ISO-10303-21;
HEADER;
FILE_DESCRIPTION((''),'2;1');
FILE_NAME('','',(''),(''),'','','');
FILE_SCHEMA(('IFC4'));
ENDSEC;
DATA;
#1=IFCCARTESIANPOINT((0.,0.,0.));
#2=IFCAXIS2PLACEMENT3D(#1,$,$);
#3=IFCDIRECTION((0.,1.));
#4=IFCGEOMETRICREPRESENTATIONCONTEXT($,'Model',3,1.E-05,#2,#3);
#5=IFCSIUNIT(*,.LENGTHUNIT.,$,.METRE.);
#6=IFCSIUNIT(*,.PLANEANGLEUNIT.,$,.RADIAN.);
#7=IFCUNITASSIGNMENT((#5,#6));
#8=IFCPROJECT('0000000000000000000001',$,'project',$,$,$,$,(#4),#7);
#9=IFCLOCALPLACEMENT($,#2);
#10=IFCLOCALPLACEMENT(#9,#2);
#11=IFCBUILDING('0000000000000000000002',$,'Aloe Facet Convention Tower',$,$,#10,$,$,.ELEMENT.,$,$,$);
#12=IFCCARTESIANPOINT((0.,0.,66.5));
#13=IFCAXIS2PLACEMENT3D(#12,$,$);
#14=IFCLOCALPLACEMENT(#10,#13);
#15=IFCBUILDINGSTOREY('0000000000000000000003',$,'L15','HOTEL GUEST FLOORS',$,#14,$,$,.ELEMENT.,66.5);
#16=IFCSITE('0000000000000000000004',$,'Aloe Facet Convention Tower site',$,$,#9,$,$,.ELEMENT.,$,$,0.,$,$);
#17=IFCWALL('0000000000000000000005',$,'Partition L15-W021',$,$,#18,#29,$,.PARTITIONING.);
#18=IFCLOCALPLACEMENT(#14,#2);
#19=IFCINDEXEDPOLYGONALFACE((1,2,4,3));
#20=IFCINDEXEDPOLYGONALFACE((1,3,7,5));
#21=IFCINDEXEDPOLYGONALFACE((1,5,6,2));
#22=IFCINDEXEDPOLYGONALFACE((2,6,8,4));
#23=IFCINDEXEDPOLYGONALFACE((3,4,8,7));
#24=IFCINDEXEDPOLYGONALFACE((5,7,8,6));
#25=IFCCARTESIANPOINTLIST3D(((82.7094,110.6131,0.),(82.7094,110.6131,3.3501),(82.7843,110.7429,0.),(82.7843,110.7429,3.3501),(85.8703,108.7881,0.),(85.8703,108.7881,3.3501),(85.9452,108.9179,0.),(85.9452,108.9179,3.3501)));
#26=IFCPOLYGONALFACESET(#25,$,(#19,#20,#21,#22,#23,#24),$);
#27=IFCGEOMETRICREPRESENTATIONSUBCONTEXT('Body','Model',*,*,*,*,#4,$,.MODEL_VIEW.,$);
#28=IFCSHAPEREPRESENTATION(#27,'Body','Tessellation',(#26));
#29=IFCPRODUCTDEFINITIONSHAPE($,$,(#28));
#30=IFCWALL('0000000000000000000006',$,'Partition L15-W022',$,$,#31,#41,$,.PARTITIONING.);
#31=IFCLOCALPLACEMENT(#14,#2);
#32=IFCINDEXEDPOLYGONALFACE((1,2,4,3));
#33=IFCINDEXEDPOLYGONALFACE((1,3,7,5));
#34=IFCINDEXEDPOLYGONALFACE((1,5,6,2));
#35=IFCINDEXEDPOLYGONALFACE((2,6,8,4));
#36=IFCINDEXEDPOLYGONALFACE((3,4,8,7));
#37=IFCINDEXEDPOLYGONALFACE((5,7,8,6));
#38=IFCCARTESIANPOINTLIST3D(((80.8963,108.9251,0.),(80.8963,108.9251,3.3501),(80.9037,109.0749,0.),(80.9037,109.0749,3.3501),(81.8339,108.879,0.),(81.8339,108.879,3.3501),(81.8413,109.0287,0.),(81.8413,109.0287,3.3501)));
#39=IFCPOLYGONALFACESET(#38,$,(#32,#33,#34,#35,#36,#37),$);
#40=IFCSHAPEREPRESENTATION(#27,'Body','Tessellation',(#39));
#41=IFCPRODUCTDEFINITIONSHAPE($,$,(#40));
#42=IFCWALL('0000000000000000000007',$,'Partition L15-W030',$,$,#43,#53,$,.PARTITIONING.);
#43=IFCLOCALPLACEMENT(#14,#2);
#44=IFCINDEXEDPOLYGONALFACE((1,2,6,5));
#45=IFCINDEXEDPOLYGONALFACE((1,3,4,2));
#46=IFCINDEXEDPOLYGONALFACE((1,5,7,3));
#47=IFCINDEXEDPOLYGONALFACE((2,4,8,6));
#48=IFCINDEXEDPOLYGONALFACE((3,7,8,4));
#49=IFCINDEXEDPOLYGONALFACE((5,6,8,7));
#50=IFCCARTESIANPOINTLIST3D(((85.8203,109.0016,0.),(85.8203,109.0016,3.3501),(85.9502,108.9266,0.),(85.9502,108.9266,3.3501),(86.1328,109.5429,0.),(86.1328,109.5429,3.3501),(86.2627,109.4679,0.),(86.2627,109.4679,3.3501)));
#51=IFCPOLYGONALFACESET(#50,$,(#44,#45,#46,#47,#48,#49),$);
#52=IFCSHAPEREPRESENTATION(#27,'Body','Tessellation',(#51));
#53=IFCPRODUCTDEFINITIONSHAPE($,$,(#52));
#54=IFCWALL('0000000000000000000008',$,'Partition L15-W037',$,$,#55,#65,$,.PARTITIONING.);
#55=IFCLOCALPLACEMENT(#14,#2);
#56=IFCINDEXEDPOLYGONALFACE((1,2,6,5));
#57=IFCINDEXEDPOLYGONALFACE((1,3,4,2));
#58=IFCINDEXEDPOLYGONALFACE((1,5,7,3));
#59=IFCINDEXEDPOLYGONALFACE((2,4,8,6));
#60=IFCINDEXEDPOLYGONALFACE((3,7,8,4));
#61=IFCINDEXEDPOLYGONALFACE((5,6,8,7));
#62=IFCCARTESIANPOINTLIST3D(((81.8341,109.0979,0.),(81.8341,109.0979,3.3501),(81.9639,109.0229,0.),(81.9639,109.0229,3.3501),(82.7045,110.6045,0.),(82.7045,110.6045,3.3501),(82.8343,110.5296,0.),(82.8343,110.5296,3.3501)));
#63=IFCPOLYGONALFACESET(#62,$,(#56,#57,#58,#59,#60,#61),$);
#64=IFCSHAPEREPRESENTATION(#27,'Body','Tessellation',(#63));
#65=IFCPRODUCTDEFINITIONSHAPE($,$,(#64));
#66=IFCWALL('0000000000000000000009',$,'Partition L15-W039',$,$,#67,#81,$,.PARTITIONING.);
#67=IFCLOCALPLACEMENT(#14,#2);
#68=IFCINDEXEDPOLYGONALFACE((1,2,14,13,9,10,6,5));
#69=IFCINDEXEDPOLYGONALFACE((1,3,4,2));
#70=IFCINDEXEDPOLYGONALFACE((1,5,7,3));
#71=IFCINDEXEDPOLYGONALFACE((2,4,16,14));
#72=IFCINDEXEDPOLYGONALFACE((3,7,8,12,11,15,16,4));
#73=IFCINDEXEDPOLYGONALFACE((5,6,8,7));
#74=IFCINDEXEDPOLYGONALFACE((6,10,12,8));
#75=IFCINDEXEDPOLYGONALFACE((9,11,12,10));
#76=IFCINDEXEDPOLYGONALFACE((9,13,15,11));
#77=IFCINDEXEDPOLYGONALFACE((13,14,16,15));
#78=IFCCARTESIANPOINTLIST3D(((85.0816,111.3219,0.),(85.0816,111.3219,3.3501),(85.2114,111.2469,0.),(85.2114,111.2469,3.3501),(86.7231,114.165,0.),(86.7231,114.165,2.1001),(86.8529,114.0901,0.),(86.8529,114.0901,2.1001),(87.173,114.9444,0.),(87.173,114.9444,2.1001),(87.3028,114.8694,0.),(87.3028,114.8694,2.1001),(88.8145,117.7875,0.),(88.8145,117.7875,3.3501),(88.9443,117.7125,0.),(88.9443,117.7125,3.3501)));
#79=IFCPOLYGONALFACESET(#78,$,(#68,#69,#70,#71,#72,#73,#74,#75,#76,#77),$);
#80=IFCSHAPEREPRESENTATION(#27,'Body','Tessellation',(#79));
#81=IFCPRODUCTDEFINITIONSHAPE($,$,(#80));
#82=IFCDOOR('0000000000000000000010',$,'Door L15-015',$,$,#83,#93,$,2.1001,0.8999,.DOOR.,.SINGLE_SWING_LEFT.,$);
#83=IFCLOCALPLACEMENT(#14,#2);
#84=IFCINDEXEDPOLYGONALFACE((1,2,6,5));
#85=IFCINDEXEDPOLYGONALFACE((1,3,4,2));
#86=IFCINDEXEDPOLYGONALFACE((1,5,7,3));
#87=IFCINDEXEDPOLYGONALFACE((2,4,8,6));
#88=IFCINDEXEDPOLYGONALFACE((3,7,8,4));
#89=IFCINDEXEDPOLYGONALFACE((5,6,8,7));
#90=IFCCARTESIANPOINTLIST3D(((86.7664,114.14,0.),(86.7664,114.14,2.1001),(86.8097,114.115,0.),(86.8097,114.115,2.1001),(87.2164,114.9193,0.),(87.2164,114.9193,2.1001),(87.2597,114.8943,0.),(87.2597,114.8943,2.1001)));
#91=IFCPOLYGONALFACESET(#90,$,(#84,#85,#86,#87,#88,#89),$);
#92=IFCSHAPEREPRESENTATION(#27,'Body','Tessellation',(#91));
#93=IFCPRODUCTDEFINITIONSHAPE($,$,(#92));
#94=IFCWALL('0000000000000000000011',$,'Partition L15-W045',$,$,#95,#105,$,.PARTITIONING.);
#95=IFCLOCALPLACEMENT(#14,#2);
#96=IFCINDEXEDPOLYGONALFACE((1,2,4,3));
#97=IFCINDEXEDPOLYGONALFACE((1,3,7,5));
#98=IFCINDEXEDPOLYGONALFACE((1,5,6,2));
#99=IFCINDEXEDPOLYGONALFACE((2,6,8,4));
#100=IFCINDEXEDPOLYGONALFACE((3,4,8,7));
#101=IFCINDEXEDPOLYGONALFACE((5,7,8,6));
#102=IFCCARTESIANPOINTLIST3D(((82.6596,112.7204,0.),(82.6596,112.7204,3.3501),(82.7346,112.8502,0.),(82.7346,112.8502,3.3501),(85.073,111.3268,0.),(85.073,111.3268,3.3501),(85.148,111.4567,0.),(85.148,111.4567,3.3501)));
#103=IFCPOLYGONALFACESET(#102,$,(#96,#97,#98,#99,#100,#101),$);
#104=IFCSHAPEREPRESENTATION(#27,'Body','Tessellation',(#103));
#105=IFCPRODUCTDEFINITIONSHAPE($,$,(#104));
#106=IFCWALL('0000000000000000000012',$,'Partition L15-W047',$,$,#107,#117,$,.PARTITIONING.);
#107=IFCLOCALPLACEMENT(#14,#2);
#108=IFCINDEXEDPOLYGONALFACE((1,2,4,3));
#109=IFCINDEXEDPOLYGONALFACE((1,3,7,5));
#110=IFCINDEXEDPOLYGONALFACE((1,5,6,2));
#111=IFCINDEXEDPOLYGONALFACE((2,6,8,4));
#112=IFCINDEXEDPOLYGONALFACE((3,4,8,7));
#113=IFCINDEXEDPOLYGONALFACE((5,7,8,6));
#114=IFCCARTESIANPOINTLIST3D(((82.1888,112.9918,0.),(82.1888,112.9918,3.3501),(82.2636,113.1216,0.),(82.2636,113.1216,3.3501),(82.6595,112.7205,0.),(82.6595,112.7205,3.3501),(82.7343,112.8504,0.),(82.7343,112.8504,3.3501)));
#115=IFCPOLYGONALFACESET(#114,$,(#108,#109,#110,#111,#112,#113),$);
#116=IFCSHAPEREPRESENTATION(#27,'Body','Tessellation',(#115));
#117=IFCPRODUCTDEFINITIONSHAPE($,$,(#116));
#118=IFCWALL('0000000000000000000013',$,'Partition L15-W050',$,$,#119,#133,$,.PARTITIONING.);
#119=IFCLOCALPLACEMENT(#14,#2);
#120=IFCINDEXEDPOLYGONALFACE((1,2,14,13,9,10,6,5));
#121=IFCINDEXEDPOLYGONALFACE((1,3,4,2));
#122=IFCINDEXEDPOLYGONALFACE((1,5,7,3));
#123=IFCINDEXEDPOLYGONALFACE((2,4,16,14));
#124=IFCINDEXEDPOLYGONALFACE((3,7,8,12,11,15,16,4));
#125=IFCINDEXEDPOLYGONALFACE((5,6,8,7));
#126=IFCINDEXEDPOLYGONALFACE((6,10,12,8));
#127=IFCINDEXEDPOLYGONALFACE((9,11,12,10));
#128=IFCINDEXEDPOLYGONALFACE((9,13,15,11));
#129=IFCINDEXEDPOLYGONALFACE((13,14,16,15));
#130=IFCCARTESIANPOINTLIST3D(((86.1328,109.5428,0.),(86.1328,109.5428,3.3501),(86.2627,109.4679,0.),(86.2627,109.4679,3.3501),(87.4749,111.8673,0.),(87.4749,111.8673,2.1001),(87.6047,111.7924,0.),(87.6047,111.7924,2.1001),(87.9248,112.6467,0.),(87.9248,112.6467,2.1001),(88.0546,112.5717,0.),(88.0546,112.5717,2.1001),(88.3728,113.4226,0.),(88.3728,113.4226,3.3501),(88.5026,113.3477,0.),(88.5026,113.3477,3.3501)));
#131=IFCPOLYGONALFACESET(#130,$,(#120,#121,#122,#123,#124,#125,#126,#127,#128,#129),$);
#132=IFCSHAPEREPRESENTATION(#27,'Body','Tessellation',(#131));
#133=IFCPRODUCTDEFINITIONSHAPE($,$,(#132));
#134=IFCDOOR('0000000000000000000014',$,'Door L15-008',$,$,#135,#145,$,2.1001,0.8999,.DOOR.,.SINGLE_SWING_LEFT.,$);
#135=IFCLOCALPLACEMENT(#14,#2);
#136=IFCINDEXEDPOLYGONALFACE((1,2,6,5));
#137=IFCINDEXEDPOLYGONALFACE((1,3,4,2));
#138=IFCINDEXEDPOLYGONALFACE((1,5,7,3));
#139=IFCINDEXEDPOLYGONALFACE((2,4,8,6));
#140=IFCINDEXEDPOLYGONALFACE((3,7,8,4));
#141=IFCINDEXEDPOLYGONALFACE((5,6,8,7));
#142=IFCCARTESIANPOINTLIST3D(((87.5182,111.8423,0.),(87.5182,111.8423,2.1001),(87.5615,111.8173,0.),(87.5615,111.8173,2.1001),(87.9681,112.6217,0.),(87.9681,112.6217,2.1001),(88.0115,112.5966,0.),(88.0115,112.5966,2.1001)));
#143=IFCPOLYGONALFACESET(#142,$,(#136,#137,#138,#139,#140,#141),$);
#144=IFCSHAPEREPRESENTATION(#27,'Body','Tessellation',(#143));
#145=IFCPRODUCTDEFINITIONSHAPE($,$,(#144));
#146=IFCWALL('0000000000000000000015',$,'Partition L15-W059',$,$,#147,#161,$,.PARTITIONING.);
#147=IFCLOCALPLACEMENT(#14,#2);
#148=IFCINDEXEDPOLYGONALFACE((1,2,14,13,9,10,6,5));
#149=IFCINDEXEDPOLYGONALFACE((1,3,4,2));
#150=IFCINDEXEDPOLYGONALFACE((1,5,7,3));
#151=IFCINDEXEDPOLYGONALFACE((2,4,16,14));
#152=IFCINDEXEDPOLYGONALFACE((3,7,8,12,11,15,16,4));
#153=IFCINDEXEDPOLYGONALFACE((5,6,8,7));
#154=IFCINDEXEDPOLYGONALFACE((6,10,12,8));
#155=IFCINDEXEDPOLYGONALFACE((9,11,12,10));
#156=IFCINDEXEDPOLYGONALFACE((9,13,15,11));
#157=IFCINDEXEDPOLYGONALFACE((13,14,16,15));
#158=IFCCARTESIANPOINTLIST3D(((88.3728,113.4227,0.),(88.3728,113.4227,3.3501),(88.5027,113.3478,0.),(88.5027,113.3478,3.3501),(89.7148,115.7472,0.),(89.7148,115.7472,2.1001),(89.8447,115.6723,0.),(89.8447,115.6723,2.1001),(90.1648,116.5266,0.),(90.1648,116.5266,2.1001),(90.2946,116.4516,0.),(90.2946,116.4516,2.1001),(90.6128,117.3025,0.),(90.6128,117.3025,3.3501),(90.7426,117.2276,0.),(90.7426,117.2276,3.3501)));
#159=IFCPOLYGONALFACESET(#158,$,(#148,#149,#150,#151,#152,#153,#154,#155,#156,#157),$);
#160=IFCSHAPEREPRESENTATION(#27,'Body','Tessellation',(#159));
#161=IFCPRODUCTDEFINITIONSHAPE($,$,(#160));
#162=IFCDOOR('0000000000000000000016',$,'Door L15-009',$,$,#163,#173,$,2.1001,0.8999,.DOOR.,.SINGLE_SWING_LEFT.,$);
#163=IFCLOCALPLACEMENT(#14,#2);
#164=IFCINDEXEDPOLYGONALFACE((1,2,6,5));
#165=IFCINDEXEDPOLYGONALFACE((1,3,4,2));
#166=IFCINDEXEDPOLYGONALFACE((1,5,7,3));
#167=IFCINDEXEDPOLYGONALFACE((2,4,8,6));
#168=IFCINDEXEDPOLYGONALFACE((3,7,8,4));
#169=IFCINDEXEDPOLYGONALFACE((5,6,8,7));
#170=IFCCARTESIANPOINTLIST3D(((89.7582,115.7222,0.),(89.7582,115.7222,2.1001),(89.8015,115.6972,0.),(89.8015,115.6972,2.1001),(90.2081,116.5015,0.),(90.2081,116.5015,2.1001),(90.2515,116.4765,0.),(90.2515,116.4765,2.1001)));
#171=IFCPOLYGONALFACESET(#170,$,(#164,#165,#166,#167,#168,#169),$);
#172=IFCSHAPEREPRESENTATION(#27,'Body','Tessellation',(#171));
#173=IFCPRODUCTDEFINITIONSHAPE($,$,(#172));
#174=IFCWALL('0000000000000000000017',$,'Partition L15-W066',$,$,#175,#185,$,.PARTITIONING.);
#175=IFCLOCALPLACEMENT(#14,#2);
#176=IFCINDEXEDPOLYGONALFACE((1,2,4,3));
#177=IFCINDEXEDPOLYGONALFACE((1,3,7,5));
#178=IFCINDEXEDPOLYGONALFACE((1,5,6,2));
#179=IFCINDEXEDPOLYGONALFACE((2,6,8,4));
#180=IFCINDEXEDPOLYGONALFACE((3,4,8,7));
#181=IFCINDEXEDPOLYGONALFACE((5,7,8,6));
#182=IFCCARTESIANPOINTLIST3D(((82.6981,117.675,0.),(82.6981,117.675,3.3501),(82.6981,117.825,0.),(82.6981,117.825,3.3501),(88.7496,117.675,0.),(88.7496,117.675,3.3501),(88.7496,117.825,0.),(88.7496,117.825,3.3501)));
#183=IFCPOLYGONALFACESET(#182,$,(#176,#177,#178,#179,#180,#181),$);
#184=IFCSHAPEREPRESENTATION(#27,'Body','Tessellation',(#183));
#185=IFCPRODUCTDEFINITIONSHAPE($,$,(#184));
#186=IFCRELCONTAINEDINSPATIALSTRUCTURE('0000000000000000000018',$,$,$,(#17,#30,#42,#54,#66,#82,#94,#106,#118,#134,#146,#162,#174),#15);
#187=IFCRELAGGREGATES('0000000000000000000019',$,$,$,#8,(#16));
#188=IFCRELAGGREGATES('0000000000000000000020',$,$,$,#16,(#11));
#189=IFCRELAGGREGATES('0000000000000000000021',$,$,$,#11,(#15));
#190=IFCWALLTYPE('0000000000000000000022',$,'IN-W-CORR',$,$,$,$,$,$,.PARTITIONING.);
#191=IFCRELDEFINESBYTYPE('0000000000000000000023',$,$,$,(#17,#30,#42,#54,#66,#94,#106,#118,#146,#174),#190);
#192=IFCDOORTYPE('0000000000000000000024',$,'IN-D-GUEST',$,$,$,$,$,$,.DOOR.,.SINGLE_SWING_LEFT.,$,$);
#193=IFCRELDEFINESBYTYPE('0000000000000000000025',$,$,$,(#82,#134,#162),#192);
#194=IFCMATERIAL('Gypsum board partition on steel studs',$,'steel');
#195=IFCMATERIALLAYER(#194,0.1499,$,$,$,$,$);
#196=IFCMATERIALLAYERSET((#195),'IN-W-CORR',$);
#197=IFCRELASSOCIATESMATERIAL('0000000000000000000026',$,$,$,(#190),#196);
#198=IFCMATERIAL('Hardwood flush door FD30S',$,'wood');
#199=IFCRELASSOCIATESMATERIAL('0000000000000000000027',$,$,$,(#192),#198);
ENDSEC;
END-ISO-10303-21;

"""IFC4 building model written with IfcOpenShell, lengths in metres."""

from ifc_helpers import new_model, si_unit, direction, frame, frame_2d, origin, place, context, subcontext, project, spatial, rectangle, extrude, material, layer, layer_set, type_object, element, fill, save


model = new_model("IFC4")

# Units and contexts
model_context = context("Model", 3, precision=1e-05, world=origin(), true_north=direction((0.0, 1.0)))
body_context = subcontext(model_context, "Body", "Model", "MODEL_VIEW")
ifc_project = project(units=[si_unit("LENGTHUNIT", "METRE"), si_unit("PLANEANGLEUNIT", "RADIAN")], contexts=[model_context])

# Site, building, storey
site_placement = place(None, origin())
site = spatial("IfcSite", under=ifc_project, at=site_placement, Name="Aloe Facet Convention Tower site", CompositionType="ELEMENT", RefElevation=0.0)
building_placement = place(site_placement, origin())
building = spatial("IfcBuilding", under=site, at=building_placement, Name="Aloe Facet Convention Tower", CompositionType="ELEMENT")
storey_placement = place(building_placement, frame((0.0, 0.0, 66.5)))
storey = spatial("IfcBuildingStorey", under=building, at=storey_placement, Name="L15", Description="HOTEL GUEST FLOORS", CompositionType="ELEMENT", Elevation=66.5)

# Walls
ifc_material_1 = material(Name="Gypsum board partition on steel studs", Category="steel")
ifc_layer_1 = layer(ifc_material_1, 0.1499)
ifc_layer_set_1 = layer_set([ifc_layer_1], Name="IN-W-CORR")
wall_type_1 = type_object("IfcWallType", Name="IN-W-CORR", PredefinedType="PARTITIONING", material=ifc_layer_set_1)
wall_1_placement = place(storey_placement, frame((82.7468, 110.678, 0.0), z_axis=(0.0, 0.0, 1.0), x_axis=(0.866024, -0.500002, 0.0)))
element("IfcWall", 1, at=wall_1_placement, inside=storey, type_object=wall_type_1, Name="Partition L15-W021", PredefinedType="PARTITIONING", context=body_context, shape_type="SweptSolid", body=[
    extrude(rectangle(XDim=3.6499, YDim=0.1499, at=frame_2d((1.825, 0.0))), origin(), (0.0, 0.0, 1.0), 3.3501),
])
wall_2_placement = place(storey_placement, frame((80.9001, 109.0, 0.0), z_axis=(0.0, 0.0, 1.0), x_axis=(0.998791, -0.049159, 0.0)))
element("IfcWall", 2, at=wall_2_placement, inside=storey, type_object=wall_type_1, Name="Partition L15-W022", PredefinedType="PARTITIONING", context=body_context, shape_type="SweptSolid", body=[
    extrude(rectangle(XDim=0.9387, YDim=0.1499, at=frame_2d((0.4692, 0.0))), origin(), (0.0, 0.0, 1.0), 3.3501),
])
wall_3_placement = place(storey_placement, frame((85.8853, 108.9641, 0.0), z_axis=(0.0, 0.0, 1.0), x_axis=(0.500004, 0.866023, 0.0)))
element("IfcWall", 3, at=wall_3_placement, inside=storey, type_object=wall_type_1, Name="Partition L15-W030", PredefinedType="PARTITIONING", context=body_context, shape_type="SweptSolid", body=[
    extrude(rectangle(XDim=0.625, YDim=0.1499, at=frame_2d((0.3125, 0.0))), origin(), (0.0, 0.0, 1.0), 3.3501),
])
wall_4_placement = place(storey_placement, frame((81.8989, 109.0603, 0.0), z_axis=(0.0, 0.0, 1.0), x_axis=(0.500229, 0.865893, 0.0)))
element("IfcWall", 4, at=wall_4_placement, inside=storey, type_object=wall_type_1, Name="Partition L15-W037", PredefinedType="PARTITIONING", context=body_context, shape_type="SweptSolid", body=[
    extrude(rectangle(XDim=1.74, YDim=0.1499, at=frame_2d((0.8701, 0.0))), origin(), (0.0, 0.0, 1.0), 3.3501),
])

# Wall, opening, door
wall_5_placement = place(storey_placement, frame((85.1465, 111.2844, 0.0), z_axis=(0.0, 0.0, 1.0), x_axis=(0.500001, 0.866025, 0.0)))
wall_5 = element("IfcWall", 5, at=wall_5_placement, inside=storey, type_object=wall_type_1, Name="Partition L15-W039", PredefinedType="PARTITIONING", context=body_context, shape_type="SweptSolid", body=[
    extrude(rectangle(XDim=7.4658, YDim=0.1499, at=frame_2d((3.7329, 0.0))), origin(), (0.0, 0.0, 1.0), 3.3501),
])
opening_1_placement = place(wall_5_placement, frame((3.283, 0.0, 0.0)))
opening_1 = element("IfcOpeningElement", 6, at=opening_1_placement, cuts=wall_5, PredefinedType="OPENING", context=body_context, shape_type="SweptSolid", body=[
    extrude(rectangle(XDim=0.8999, YDim=2.1001, at=frame_2d((0.45, 1.05))), frame((0.0, 0.085, 0.0), z_axis=(0.0, -1.0, 0.0), x_axis=(1.0, 0.0, 0.0)), (0.0, 0.0, 1.0), 0.1699),
])
ifc_material_2 = material(Name="Hardwood flush door FD30S", Category="wood")
door_type_1 = type_object("IfcDoorType", Name="IN-D-GUEST", OperationType="SINGLE_SWING_LEFT", PredefinedType="DOOR", material=ifc_material_2)
door_1_placement = place(opening_1_placement, origin())
door_1 = element("IfcDoor", 7, at=door_1_placement, inside=storey, type_object=door_type_1, Name="Door L15-015", OperationType="SINGLE_SWING_LEFT", OverallHeight=2.1001, OverallWidth=0.8999, PredefinedType="DOOR", context=body_context, shape_type="SweptSolid", body=[
    extrude(rectangle(XDim=0.8999, YDim=2.1001, at=frame_2d((0.45, 1.05))), frame((0.0, 0.0249, 0.0), z_axis=(0.0, -1.0, 0.0), x_axis=(1.0, 0.0, 0.0)), (0.0, 0.0, 1.0), 0.05),
])
fill(opening_1, door_1)

# Walls
wall_6_placement = place(storey_placement, frame((82.697, 112.7854, 0.0), z_axis=(0.0, 0.0, 1.0), x_axis=(0.865992, -0.500059, 0.0)))
element("IfcWall", 8, at=wall_6_placement, inside=storey, type_object=wall_type_1, Name="Partition L15-W045", PredefinedType="PARTITIONING", context=body_context, shape_type="SweptSolid", body=[
    extrude(rectangle(XDim=2.7869, YDim=0.1499, at=frame_2d((1.3936, 0.0))), origin(), (0.0, 0.0, 1.0), 3.3501),
])
wall_7_placement = place(storey_placement, frame((82.2263, 113.0566, 0.0), z_axis=(0.0, 0.0, 1.0), x_axis=(0.86644, -0.499281, 0.0)))
element("IfcWall", 9, at=wall_7_placement, inside=storey, type_object=wall_type_1, Name="Partition L15-W047", PredefinedType="PARTITIONING", context=body_context, shape_type="SweptSolid", body=[
    extrude(rectangle(XDim=0.5432, YDim=0.1499, at=frame_2d((0.2715, 0.0))), origin(), (0.0, 0.0, 1.0), 3.3501),
])

# Walls, openings, doors
wall_8_placement = place(storey_placement, frame((86.1978, 109.5054, 0.0), z_axis=(0.0, 0.0, 1.0), x_axis=(0.49999, 0.866031, 0.0)))
wall_8 = element("IfcWall", 10, at=wall_8_placement, inside=storey, type_object=wall_type_1, Name="Partition L15-W050", PredefinedType="PARTITIONING", context=body_context, shape_type="SweptSolid", body=[
    extrude(rectangle(XDim=4.48, YDim=0.1499, at=frame_2d((2.24, 0.0))), origin(), (0.0, 0.0, 1.0), 3.3501),
])
opening_2_placement = place(wall_8_placement, frame((2.6841, 0.0, 0.0)))
opening_2 = element("IfcOpeningElement", 11, at=opening_2_placement, cuts=wall_8, PredefinedType="OPENING", context=body_context, shape_type="SweptSolid", body=[
    extrude(rectangle(XDim=0.8999, YDim=2.1001, at=frame_2d((0.45, 1.05))), frame((0.0, 0.085, 0.0), z_axis=(0.0, -1.0, 0.0), x_axis=(1.0, 0.0, 0.0)), (0.0, 0.0, 1.0), 0.1699),
])
door_2_placement = place(opening_2_placement, origin())
door_2 = element("IfcDoor", 12, at=door_2_placement, inside=storey, type_object=door_type_1, Name="Door L15-008", OperationType="SINGLE_SWING_LEFT", OverallHeight=2.1001, OverallWidth=0.8999, PredefinedType="DOOR", context=body_context, shape_type="SweptSolid", body=[
    extrude(rectangle(XDim=0.8999, YDim=2.1001, at=frame_2d((0.45, 1.05))), frame((0.0, 0.0249, 0.0), z_axis=(0.0, -1.0, 0.0), x_axis=(1.0, 0.0, 0.0)), (0.0, 0.0, 1.0), 0.05),
])
fill(opening_2, door_2)
wall_9_placement = place(storey_placement, frame((88.4377, 113.3853, 0.0), z_axis=(0.0, 0.0, 1.0), x_axis=(0.49999, 0.866031, 0.0)))
wall_9 = element("IfcWall", 13, at=wall_9_placement, inside=storey, type_object=wall_type_1, Name="Partition L15-W059", PredefinedType="PARTITIONING", context=body_context, shape_type="SweptSolid", body=[
    extrude(rectangle(XDim=4.48, YDim=0.1499, at=frame_2d((2.24, 0.0))), origin(), (0.0, 0.0, 1.0), 3.3501),
])
opening_3_placement = place(wall_9_placement, frame((2.6841, 0.0, 0.0)))
opening_3 = element("IfcOpeningElement", 14, at=opening_3_placement, cuts=wall_9, PredefinedType="OPENING", context=body_context, shape_type="SweptSolid", body=[
    extrude(rectangle(XDim=0.8999, YDim=2.1001, at=frame_2d((0.45, 1.05))), frame((0.0, 0.085, 0.0), z_axis=(0.0, -1.0, 0.0), x_axis=(1.0, 0.0, 0.0)), (0.0, 0.0, 1.0), 0.1699),
])
door_3_placement = place(opening_3_placement, origin())
door_3 = element("IfcDoor", 15, at=door_3_placement, inside=storey, type_object=door_type_1, Name="Door L15-009", OperationType="SINGLE_SWING_LEFT", OverallHeight=2.1001, OverallWidth=0.8999, PredefinedType="DOOR", context=body_context, shape_type="SweptSolid", body=[
    extrude(rectangle(XDim=0.8999, YDim=2.1001, at=frame_2d((0.45, 1.05))), frame((0.0, 0.0249, 0.0), z_axis=(0.0, -1.0, 0.0), x_axis=(1.0, 0.0, 0.0)), (0.0, 0.0, 1.0), 0.05),
])
fill(opening_3, door_3)

# Wall
wall_10_placement = place(storey_placement, frame((82.698, 117.75, 0.0), z_axis=(0.0, 0.0, 1.0), x_axis=(1.0, 0.0, 0.0)))
element("IfcWall", 16, at=wall_10_placement, inside=storey, type_object=wall_type_1, Name="Partition L15-W066", PredefinedType="PARTITIONING", context=body_context, shape_type="SweptSolid", body=[
    extrude(rectangle(XDim=6.0515, YDim=0.1499, at=frame_2d((3.0259, 0.0))), origin(), (0.0, 0.0, 1.0), 3.3501),
])

save(model, "model.ifc")
